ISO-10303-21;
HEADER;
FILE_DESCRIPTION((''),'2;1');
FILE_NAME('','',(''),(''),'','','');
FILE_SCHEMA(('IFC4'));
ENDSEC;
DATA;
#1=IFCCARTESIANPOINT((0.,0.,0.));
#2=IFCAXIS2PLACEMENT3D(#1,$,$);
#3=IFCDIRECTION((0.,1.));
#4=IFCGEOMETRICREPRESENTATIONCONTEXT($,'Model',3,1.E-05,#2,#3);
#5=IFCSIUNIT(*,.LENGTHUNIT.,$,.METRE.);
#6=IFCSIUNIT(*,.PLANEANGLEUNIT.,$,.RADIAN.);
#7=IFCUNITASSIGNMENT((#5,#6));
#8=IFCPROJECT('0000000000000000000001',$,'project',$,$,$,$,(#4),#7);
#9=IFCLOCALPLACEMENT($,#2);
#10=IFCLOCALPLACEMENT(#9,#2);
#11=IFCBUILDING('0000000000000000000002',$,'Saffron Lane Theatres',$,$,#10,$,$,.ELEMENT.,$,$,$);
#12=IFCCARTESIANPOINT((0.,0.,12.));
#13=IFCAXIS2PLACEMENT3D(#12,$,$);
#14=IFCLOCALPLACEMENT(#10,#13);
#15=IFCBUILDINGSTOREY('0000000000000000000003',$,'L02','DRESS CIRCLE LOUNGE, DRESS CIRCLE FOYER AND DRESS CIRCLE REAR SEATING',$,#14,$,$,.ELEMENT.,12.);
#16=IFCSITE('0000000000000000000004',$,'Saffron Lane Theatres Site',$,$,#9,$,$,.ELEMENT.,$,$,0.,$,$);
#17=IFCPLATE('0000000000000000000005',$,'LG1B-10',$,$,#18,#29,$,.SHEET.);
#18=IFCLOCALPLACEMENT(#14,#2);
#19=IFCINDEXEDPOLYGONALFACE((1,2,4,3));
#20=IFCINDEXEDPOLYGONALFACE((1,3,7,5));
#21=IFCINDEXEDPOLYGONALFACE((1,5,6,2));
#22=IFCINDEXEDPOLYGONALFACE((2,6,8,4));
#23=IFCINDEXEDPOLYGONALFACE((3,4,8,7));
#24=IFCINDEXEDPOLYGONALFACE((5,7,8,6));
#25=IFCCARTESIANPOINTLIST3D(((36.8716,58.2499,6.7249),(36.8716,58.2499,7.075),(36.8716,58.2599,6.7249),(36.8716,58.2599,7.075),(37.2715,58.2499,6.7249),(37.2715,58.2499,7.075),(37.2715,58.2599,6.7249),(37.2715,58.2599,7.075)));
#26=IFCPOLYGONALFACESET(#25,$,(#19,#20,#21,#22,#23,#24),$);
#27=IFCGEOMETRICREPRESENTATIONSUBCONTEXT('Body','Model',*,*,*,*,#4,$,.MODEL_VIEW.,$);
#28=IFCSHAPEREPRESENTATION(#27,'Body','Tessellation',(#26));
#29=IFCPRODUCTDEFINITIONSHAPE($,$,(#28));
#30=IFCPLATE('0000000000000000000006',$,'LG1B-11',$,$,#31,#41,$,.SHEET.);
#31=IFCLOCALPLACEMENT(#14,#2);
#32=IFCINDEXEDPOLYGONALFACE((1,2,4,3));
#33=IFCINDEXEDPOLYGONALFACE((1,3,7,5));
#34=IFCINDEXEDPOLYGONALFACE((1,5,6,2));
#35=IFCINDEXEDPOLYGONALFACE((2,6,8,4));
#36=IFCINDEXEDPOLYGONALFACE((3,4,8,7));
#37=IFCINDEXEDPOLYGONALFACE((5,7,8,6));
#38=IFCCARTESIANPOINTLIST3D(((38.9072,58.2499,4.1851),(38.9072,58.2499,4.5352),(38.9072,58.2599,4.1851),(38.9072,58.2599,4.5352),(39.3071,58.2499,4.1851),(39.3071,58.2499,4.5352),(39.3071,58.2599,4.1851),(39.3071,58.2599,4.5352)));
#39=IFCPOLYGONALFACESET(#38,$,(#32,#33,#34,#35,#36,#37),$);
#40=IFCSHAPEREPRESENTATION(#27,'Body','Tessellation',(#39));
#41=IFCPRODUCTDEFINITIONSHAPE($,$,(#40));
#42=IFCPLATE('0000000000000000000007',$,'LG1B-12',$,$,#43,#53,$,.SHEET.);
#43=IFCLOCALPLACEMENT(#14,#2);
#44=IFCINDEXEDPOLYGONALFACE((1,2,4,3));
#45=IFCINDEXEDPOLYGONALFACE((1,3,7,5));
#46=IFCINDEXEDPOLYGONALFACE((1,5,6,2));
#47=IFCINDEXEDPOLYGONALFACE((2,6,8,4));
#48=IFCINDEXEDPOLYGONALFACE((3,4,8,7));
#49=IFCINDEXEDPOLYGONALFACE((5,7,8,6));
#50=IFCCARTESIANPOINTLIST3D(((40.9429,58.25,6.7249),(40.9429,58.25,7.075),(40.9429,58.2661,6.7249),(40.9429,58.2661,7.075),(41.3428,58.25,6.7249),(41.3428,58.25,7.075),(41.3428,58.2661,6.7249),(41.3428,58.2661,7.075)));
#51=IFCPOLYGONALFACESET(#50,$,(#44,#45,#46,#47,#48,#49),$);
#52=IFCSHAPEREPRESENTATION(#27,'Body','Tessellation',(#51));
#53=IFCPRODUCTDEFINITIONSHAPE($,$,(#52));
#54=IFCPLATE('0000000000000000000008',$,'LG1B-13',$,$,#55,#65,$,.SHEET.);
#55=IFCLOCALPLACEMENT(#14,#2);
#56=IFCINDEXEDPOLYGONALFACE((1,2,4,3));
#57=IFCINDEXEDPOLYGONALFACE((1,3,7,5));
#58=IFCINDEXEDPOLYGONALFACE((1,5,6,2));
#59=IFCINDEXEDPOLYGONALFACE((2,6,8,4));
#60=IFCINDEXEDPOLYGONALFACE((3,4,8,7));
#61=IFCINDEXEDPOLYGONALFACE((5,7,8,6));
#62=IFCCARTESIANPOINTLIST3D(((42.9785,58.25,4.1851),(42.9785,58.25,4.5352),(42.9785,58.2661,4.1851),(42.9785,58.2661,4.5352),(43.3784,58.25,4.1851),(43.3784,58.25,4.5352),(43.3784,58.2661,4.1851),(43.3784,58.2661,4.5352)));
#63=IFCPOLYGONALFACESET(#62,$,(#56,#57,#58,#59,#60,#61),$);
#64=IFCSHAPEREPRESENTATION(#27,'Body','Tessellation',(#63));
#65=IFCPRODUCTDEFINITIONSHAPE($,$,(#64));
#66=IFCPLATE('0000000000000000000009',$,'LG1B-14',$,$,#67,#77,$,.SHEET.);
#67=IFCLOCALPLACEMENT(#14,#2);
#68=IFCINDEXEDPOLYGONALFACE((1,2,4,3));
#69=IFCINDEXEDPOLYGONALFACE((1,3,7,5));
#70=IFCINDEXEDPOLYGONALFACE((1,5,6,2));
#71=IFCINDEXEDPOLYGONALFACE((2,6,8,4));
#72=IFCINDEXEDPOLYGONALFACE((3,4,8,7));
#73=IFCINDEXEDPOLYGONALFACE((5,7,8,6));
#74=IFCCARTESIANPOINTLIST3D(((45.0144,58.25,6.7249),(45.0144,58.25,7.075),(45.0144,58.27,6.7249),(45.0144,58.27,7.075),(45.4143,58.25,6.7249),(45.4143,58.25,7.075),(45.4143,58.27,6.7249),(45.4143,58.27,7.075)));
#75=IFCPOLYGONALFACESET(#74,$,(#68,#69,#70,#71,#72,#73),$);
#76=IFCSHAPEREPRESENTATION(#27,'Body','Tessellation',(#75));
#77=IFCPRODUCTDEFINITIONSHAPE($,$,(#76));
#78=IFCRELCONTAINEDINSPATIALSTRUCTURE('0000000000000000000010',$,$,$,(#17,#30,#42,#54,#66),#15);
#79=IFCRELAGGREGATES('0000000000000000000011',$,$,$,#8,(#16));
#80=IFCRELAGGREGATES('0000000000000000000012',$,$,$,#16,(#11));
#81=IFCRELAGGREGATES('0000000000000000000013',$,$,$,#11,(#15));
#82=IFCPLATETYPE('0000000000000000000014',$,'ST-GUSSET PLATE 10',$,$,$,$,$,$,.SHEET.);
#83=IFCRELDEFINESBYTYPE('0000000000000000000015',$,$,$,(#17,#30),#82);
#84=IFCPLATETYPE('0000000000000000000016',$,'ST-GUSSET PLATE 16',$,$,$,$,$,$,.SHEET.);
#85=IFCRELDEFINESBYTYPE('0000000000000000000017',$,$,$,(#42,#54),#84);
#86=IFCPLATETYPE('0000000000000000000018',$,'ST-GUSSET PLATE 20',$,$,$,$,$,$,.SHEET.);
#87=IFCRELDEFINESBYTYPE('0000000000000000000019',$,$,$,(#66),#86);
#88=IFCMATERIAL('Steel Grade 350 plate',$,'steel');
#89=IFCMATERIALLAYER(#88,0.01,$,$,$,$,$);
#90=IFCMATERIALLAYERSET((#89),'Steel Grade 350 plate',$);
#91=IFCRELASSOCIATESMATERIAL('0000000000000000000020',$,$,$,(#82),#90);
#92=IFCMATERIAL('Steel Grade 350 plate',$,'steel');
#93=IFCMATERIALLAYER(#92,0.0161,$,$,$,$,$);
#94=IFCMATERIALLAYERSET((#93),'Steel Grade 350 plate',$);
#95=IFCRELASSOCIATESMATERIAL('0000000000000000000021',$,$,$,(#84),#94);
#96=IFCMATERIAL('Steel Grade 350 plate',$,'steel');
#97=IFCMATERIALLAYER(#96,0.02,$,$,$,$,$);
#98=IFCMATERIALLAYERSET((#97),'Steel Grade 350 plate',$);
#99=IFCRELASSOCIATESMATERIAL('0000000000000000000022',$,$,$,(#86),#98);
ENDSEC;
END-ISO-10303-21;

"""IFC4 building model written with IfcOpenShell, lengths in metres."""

from ifc_helpers import new_model, si_unit, direction, frame, origin, origin_2d, place, context, subcontext, project, spatial, rectangle, extrude, material, layer, layer_set, type_object, element, save


model = new_model("IFC4")

# Units and contexts
model_context = context("Model", 3, precision=1e-05, world=origin(), true_north=direction((0.0, 1.0)))
body_context = subcontext(model_context, "Body", "Model", "MODEL_VIEW")
ifc_project = project(units=[si_unit("LENGTHUNIT", "METRE"), si_unit("PLANEANGLEUNIT", "RADIAN")], contexts=[model_context])

# Site, building, storey
site_placement = place(None, origin())
site = spatial("IfcSite", under=ifc_project, at=site_placement, Name="Saffron Lane Theatres Site", CompositionType="ELEMENT", RefElevation=0.0)
building_placement = place(site_placement, origin())
building = spatial("IfcBuilding", under=site, at=building_placement, Name="Saffron Lane Theatres", CompositionType="ELEMENT")
storey_placement = place(building_placement, frame((0.0, 0.0, 12.0)))
storey = spatial("IfcBuildingStorey", under=building, at=storey_placement, Name="L02", Description="DRESS CIRCLE LOUNGE, DRESS CIRCLE FOYER AND DRESS CIRCLE REAR SEATING", CompositionType="ELEMENT", Elevation=12.0)

# Plates
ifc_material_1 = material(Name="Steel Grade 350 plate", Category="steel")
ifc_layer_1 = layer(ifc_material_1, 0.01)
ifc_layer_set_1 = layer_set([ifc_layer_1], Name="Steel Grade 350 plate")
plate_type_1 = type_object("IfcPlateType", Name="ST-GUSSET PLATE 10", PredefinedType="SHEET", material=ifc_layer_set_1)
for number, where, z_axis, x_axis, name in (
    (1, (37.0715, 58.2549, 6.7249), (0.0, 0.0, 1.0), (1.0, 0.0, 0.0), "LG1B-10"),
    (2, (39.1072, 58.2549, 4.1851), (0.0, 0.0, 1.0), (1.0, 0.0, 0.0), "LG1B-11"),
):
    element("IfcPlate", number, at=place(storey_placement, frame(where, z_axis=z_axis, x_axis=x_axis)), inside=storey, type_object=plate_type_1, Name=name, PredefinedType="SHEET", context=body_context, shape_type="SweptSolid", body=[
        extrude(rectangle(XDim=0.3999, YDim=0.01, at=origin_2d()), origin(), (0.0, 0.0, 1.0), 0.3501),
    ])
ifc_material_2 = material(Name="Steel Grade 350 plate", Category="steel")
ifc_layer_2 = layer(ifc_material_2, 0.0161)
ifc_layer_set_2 = layer_set([ifc_layer_2], Name="Steel Grade 350 plate")
plate_type_2 = type_object("IfcPlateType", Name="ST-GUSSET PLATE 16", PredefinedType="SHEET", material=ifc_layer_set_2)
for number, where, z_axis, x_axis, name in (
    (3, (41.1428, 58.2581, 6.7249), (0.0, 0.0, 1.0), (1.0, 0.0, 0.0), "LG1B-12"),
    (4, (43.1785, 58.2581, 4.1851), (0.0, 0.0, 1.0), (1.0, 0.0, 0.0), "LG1B-13"),
):
    element("IfcPlate", number, at=place(storey_placement, frame(where, z_axis=z_axis, x_axis=x_axis)), inside=storey, type_object=plate_type_2, Name=name, PredefinedType="SHEET", context=body_context, shape_type="SweptSolid", body=[
        extrude(rectangle(XDim=0.3999, YDim=0.0161, at=origin_2d()), origin(), (0.0, 0.0, 1.0), 0.3501),
    ])
ifc_material_3 = material(Name="Steel Grade 350 plate", Category="steel")
ifc_layer_3 = layer(ifc_material_3, 0.02)
ifc_layer_set_3 = layer_set([ifc_layer_3], Name="Steel Grade 350 plate")
plate_type_3 = type_object("IfcPlateType", Name="ST-GUSSET PLATE 20", PredefinedType="SHEET", material=ifc_layer_set_3)
plate_placement = place(storey_placement, frame((45.2144, 58.26, 6.7249), z_axis=(0.0, 0.0, 1.0), x_axis=(1.0, 0.0, 0.0)))
element("IfcPlate", 5, at=plate_placement, inside=storey, type_object=plate_type_3, Name="LG1B-14", PredefinedType="SHEET", context=body_context, shape_type="SweptSolid", body=[
    extrude(rectangle(XDim=0.3999, YDim=0.02, at=origin_2d()), origin(), (0.0, 0.0, 1.0), 0.3501),
])

save(model, "model.ifc")
